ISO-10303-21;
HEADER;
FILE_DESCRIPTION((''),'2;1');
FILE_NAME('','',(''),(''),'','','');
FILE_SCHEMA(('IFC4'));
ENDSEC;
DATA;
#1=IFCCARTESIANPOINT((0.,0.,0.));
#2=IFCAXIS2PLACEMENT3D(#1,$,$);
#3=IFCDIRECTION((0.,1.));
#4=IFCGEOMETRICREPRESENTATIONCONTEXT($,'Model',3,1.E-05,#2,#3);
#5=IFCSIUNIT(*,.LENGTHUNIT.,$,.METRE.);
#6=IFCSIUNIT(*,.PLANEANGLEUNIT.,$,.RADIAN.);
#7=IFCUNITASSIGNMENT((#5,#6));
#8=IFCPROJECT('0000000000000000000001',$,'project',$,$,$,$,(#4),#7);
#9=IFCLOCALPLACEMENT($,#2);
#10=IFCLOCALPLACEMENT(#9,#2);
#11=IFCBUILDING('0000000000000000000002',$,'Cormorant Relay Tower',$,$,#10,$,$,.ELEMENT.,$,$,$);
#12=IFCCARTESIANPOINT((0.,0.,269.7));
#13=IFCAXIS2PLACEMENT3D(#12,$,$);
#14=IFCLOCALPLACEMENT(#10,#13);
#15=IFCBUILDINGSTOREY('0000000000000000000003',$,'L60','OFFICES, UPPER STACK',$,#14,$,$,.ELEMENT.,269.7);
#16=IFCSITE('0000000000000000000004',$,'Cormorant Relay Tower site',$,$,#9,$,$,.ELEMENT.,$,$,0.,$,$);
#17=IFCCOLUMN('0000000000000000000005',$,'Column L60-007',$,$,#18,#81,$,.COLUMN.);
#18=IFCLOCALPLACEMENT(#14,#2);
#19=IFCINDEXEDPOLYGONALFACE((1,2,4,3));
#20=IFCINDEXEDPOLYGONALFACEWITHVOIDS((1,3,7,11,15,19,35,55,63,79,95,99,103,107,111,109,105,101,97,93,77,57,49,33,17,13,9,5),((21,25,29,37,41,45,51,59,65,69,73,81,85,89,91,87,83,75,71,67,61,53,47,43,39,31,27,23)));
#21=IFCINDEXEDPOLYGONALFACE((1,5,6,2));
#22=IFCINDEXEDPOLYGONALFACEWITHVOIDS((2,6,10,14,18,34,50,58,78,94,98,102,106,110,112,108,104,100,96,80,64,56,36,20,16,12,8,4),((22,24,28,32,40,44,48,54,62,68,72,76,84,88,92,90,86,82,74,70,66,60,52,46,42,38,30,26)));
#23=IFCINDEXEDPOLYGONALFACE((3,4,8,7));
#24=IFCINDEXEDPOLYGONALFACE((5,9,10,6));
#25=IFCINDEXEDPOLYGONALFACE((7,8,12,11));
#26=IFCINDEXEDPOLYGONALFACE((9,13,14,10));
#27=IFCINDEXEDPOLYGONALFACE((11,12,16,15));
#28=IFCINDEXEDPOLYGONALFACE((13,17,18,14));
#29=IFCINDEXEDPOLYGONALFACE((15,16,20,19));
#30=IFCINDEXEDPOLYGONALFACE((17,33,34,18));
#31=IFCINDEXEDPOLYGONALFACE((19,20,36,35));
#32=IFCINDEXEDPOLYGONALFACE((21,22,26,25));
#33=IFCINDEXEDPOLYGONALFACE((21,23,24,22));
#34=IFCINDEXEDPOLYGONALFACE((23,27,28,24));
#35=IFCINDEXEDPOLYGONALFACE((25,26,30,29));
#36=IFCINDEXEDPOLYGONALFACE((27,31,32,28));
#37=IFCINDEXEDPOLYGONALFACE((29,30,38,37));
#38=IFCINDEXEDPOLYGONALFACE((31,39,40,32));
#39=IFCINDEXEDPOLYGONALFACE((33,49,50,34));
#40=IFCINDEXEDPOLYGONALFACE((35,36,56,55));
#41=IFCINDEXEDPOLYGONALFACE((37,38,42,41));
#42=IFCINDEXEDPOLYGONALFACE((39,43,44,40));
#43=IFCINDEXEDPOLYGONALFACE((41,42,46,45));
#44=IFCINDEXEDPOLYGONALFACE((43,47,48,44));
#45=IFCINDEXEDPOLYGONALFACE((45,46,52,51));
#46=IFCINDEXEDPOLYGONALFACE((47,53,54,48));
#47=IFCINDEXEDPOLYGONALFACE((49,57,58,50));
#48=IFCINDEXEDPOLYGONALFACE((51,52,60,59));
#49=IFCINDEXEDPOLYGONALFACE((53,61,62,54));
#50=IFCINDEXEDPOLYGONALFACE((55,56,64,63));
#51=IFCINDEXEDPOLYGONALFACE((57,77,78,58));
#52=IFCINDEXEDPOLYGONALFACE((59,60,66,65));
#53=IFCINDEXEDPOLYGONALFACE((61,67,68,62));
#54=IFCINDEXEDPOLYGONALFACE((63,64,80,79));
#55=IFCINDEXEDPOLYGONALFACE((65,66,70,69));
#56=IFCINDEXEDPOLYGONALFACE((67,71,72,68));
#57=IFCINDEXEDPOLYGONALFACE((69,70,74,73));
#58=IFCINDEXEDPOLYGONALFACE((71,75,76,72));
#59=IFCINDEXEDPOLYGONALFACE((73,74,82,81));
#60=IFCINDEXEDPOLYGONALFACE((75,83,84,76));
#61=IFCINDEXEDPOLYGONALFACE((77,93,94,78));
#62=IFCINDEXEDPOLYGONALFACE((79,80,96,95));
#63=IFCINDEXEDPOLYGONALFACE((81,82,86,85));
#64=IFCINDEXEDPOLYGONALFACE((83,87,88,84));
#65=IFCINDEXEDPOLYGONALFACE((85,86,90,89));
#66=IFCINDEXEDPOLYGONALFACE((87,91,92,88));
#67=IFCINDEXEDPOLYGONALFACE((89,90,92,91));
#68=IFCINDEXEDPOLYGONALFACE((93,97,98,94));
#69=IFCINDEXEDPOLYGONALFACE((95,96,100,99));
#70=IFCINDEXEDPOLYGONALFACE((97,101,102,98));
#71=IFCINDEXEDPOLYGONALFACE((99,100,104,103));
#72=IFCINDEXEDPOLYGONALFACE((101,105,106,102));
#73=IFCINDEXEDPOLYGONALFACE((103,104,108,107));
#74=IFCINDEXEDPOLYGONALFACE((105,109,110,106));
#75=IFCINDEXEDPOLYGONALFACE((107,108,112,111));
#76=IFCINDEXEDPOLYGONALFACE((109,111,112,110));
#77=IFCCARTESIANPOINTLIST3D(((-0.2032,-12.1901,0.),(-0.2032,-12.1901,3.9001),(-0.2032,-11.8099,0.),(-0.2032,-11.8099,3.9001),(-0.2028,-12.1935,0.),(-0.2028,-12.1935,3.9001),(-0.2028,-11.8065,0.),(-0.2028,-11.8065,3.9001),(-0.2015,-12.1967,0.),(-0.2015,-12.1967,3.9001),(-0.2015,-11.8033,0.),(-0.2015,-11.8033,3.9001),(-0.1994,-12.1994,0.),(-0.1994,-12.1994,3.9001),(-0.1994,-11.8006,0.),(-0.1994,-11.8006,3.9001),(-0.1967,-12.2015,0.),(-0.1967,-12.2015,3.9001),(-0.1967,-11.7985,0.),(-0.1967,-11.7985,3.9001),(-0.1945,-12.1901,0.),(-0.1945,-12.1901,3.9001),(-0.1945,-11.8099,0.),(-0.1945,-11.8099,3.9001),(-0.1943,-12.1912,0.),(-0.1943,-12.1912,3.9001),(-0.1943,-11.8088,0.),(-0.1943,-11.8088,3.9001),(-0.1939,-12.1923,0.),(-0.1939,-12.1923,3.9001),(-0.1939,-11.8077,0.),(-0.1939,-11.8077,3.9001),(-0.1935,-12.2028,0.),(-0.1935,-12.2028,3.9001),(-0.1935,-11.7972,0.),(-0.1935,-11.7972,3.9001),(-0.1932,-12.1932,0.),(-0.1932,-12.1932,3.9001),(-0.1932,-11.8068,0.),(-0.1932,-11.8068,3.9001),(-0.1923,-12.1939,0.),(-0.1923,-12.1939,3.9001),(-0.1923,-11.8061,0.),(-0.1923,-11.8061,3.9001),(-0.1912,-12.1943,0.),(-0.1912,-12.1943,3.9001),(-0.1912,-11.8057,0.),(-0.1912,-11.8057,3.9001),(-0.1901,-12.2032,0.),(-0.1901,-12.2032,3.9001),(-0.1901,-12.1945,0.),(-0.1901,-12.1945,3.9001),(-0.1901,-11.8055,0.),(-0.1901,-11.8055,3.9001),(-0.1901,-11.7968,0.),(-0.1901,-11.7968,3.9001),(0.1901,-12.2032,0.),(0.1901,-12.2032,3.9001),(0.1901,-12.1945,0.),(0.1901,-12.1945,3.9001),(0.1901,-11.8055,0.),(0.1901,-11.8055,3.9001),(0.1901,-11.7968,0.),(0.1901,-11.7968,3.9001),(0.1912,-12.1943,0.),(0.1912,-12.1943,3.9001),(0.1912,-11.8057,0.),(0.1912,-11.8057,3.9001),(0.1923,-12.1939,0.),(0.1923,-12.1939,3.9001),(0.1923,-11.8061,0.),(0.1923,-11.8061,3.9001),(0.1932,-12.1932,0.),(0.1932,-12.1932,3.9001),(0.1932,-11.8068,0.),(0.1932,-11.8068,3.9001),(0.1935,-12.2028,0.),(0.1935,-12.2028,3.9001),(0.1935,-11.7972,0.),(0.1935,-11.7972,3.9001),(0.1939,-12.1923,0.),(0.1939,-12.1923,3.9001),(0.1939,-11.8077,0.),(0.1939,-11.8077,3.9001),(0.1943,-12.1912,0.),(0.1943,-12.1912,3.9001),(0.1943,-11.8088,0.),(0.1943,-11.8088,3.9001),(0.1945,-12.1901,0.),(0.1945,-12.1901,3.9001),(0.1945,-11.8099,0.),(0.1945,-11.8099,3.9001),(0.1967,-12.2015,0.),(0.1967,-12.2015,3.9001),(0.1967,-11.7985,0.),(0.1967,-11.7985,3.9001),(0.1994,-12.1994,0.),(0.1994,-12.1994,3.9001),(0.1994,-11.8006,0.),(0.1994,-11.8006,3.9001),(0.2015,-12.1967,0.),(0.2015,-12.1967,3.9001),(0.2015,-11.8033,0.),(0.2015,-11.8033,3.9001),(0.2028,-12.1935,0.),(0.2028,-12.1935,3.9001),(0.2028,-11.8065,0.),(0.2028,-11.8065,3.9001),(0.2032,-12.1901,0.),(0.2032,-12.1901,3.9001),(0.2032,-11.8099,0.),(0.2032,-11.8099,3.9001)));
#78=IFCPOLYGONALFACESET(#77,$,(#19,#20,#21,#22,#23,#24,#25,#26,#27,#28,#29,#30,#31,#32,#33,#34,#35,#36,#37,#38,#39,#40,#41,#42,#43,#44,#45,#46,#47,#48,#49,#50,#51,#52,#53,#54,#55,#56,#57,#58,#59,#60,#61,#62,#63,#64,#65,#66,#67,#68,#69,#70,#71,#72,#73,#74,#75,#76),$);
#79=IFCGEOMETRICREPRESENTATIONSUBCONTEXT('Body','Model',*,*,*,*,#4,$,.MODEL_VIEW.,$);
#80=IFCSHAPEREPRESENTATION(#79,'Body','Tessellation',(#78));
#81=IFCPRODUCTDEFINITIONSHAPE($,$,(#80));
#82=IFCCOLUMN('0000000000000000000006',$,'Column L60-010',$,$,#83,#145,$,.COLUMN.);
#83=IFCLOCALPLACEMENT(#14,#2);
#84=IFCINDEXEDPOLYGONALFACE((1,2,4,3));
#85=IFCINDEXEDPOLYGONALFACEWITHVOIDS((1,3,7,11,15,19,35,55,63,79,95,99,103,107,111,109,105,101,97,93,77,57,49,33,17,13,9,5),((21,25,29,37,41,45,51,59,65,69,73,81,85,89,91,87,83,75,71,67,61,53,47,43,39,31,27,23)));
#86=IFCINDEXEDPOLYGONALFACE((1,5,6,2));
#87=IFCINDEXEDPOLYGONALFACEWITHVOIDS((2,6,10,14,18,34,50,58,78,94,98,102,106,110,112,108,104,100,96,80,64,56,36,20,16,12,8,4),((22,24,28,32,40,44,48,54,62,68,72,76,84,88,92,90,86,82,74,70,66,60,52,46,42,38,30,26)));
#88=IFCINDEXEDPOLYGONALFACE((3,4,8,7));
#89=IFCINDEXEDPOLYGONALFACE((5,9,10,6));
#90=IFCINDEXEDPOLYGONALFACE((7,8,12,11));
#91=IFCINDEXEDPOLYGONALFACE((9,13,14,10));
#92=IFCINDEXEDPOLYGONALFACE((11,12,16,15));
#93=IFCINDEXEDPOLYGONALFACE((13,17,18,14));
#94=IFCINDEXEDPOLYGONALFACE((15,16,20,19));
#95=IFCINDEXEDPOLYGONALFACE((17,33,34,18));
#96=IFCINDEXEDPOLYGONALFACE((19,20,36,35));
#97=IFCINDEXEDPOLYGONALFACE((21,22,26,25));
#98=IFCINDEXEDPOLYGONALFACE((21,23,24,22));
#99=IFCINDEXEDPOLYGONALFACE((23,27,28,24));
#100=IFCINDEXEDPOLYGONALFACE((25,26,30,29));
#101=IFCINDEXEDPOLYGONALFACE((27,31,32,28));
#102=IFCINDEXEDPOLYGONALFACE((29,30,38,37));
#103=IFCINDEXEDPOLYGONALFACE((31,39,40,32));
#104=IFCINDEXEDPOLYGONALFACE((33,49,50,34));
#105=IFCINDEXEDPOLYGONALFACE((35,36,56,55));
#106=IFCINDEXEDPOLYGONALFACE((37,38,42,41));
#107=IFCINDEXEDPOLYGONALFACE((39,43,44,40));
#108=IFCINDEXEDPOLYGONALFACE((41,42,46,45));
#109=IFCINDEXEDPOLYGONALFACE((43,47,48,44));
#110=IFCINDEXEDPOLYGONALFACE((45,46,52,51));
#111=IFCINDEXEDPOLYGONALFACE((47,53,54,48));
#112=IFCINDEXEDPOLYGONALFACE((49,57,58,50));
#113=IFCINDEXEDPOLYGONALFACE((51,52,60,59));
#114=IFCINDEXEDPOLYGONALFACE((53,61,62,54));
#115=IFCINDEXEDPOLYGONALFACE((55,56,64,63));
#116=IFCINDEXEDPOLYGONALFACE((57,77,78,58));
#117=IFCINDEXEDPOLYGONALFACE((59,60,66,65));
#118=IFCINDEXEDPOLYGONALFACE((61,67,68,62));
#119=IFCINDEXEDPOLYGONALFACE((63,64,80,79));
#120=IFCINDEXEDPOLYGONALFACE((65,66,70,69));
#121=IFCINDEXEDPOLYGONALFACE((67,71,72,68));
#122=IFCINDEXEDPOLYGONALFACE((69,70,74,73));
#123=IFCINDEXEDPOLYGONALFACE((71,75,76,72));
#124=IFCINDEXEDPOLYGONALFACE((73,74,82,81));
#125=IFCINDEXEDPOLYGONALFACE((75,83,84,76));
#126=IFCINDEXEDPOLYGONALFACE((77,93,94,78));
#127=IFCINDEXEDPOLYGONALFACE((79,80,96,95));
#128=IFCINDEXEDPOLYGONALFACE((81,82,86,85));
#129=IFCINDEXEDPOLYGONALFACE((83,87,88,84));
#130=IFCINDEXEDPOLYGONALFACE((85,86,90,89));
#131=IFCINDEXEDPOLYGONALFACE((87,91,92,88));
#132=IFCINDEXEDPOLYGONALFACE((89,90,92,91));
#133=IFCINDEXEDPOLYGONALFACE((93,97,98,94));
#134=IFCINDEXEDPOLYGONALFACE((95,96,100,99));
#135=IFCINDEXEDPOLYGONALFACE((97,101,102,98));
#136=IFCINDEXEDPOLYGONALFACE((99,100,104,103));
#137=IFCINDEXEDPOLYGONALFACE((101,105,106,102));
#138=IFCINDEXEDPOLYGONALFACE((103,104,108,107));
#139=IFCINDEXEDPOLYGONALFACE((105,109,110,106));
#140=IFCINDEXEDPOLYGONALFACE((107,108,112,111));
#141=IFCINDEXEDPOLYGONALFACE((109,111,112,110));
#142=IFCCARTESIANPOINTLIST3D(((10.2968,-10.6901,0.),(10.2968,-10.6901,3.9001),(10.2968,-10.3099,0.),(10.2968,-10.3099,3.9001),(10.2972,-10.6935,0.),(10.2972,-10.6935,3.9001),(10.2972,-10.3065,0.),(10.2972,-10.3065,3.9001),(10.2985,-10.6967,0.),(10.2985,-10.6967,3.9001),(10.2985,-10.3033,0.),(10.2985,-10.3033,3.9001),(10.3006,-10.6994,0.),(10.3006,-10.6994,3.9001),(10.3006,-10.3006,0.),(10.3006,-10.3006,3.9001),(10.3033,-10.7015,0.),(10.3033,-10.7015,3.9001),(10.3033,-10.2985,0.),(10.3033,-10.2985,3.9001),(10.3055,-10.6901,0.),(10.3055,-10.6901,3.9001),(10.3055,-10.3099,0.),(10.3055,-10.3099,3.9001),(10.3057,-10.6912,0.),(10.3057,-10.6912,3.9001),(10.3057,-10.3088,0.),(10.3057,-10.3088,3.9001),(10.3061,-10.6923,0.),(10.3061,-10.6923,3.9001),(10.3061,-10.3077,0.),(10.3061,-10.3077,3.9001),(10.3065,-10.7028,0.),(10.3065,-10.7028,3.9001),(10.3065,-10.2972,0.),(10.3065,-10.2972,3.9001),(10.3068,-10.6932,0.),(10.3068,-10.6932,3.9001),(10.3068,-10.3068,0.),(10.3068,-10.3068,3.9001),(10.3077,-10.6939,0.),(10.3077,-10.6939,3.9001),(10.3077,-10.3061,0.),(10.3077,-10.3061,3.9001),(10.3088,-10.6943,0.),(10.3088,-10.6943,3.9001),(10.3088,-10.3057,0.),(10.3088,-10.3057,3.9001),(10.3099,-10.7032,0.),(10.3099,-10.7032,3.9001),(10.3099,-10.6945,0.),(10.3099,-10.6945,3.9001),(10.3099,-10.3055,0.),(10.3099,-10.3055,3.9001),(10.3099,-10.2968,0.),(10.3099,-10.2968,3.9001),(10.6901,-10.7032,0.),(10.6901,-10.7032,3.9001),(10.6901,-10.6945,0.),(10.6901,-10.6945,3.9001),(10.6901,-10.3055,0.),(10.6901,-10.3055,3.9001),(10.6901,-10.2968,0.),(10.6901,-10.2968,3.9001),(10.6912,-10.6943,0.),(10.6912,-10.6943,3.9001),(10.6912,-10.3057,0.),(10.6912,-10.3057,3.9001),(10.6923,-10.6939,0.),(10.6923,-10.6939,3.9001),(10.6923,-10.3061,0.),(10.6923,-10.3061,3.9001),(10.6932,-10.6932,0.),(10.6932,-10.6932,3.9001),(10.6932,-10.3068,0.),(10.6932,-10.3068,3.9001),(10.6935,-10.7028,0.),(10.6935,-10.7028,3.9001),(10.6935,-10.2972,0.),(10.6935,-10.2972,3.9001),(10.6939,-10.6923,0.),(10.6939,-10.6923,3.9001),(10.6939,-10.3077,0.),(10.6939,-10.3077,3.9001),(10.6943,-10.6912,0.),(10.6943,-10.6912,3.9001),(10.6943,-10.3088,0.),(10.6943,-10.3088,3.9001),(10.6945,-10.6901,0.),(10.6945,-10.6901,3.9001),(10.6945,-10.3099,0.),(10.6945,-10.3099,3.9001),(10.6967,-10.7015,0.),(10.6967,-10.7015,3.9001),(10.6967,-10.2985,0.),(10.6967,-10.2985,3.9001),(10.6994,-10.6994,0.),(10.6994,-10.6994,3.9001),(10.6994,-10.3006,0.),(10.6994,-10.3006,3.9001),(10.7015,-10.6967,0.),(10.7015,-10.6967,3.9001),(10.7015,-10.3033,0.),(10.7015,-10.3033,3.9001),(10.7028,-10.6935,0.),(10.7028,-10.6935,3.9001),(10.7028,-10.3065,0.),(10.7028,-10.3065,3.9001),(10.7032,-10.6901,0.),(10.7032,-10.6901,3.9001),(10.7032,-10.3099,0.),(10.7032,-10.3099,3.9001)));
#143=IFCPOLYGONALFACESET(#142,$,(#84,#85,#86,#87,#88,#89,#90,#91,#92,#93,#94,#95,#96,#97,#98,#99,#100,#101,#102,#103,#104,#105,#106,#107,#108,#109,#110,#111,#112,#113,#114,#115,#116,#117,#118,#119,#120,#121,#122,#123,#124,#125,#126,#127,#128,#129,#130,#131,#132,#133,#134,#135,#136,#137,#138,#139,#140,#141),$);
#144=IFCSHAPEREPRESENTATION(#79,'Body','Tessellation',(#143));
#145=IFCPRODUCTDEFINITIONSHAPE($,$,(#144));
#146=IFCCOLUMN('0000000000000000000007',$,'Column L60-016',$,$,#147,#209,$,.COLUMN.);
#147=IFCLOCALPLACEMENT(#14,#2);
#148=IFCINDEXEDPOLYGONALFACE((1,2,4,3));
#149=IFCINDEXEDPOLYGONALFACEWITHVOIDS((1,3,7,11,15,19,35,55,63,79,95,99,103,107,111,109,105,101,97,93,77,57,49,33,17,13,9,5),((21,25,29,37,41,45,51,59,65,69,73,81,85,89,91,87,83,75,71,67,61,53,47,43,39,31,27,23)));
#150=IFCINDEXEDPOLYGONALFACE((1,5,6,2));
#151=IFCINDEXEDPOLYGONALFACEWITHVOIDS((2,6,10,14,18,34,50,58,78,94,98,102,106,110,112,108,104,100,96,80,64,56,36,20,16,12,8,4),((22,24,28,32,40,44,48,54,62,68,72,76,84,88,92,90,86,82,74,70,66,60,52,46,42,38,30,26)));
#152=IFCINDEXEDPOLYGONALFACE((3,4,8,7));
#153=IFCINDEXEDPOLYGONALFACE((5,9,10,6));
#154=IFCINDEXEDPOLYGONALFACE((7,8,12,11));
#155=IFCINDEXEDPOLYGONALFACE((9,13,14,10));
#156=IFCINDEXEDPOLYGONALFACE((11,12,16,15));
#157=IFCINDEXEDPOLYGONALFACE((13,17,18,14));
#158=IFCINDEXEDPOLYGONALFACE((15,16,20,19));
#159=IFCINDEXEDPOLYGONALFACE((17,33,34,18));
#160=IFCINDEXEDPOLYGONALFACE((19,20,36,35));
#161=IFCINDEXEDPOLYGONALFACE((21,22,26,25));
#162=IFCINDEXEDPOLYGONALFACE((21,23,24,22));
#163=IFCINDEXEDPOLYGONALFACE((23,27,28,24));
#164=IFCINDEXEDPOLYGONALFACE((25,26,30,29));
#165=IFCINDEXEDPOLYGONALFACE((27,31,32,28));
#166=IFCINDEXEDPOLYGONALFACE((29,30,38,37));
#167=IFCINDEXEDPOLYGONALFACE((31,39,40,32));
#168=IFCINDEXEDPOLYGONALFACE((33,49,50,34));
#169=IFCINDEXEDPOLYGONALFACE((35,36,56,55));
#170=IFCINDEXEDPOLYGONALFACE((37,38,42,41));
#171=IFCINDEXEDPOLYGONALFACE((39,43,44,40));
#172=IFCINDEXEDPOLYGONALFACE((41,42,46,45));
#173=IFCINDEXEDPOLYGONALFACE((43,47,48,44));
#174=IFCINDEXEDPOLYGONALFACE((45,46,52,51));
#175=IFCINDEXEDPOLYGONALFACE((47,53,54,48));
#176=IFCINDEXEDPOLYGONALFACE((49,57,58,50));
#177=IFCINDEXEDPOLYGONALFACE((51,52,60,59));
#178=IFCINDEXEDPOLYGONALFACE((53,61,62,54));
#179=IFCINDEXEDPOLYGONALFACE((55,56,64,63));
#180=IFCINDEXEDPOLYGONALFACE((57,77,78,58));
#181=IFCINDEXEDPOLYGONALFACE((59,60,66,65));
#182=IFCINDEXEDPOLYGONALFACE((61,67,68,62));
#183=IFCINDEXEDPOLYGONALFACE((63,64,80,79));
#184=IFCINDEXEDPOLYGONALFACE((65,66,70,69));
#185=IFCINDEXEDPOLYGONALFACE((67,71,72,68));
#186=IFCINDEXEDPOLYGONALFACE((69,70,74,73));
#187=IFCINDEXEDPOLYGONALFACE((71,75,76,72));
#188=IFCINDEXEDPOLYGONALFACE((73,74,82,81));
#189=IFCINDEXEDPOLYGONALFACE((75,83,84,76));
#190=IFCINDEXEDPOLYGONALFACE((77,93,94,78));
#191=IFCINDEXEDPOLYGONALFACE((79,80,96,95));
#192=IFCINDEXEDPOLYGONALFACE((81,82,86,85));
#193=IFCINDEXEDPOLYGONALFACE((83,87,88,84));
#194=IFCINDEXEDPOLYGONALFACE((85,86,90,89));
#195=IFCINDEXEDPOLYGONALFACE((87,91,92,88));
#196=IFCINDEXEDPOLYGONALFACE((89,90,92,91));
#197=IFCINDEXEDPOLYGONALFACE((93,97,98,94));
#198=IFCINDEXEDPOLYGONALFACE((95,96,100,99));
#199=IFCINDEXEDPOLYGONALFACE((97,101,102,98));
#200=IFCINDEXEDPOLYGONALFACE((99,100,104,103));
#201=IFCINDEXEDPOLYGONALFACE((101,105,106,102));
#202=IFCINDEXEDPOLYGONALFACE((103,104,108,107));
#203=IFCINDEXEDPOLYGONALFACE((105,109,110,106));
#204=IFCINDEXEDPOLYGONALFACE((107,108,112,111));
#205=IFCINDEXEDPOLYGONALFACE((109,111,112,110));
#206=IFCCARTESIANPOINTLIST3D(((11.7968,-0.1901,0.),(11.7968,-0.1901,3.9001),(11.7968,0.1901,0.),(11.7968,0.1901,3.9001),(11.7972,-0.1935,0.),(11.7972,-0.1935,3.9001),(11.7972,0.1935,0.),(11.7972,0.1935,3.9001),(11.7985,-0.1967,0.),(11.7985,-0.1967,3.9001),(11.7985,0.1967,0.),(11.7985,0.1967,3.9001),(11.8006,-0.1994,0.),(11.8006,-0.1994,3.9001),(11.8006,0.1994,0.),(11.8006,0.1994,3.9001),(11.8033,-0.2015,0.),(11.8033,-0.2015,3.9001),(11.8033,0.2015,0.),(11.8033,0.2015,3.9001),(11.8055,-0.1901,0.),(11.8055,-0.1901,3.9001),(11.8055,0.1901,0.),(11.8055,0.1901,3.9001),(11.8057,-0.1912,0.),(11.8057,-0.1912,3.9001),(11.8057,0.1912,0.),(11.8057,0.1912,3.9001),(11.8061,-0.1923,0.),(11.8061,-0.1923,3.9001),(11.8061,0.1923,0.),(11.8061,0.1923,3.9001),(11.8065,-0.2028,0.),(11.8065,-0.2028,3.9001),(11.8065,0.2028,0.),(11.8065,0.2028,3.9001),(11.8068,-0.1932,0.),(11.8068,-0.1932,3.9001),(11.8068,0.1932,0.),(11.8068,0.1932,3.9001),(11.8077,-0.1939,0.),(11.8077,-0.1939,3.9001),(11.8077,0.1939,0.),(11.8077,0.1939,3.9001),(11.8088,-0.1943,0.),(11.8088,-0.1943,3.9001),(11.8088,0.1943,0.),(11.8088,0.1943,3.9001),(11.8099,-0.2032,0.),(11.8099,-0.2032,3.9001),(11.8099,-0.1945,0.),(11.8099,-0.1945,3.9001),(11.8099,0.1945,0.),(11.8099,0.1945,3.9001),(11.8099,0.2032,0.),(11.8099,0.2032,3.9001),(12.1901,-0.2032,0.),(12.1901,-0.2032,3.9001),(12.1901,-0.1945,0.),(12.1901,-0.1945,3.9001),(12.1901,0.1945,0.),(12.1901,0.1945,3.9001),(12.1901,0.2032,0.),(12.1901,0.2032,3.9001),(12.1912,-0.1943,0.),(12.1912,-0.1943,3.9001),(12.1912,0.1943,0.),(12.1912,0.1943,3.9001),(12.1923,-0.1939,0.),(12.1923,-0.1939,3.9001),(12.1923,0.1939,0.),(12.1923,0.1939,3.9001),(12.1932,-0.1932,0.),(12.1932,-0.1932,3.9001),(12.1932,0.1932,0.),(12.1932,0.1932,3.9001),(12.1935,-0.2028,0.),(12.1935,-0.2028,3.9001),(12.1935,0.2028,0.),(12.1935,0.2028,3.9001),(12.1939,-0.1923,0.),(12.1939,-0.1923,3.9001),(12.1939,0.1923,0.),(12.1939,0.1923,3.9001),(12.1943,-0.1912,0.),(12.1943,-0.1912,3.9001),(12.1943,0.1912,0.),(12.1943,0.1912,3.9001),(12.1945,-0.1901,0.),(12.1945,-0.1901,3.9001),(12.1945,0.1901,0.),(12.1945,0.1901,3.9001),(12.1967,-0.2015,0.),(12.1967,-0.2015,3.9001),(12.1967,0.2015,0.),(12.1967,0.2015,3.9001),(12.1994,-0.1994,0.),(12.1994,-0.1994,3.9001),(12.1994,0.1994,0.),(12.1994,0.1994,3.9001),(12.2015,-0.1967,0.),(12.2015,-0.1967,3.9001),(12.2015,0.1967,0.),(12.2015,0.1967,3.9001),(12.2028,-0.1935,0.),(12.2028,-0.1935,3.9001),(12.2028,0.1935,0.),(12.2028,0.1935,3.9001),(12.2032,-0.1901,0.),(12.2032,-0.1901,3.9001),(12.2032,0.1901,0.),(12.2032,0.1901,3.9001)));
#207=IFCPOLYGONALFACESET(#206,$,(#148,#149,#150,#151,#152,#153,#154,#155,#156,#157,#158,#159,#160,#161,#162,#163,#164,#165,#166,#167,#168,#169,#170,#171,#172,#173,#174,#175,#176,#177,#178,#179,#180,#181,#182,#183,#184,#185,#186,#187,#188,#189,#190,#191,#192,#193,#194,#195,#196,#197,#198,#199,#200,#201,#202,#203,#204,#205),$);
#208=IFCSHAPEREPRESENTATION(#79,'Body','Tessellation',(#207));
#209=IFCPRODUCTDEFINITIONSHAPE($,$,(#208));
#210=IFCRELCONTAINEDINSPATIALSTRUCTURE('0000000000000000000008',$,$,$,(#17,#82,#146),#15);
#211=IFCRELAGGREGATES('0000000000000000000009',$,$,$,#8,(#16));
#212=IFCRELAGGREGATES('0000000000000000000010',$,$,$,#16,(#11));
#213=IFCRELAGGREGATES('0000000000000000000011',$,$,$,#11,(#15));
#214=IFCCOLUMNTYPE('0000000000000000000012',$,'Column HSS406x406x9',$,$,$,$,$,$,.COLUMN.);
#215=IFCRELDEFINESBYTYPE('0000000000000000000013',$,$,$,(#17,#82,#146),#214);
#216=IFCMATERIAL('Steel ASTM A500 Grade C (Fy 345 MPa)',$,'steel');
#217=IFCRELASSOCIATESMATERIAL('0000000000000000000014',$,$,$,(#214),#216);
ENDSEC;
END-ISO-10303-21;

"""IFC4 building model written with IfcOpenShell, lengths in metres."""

from ifc_helpers import new_model, si_unit, direction, frame, origin, origin_2d, place, context, subcontext, project, spatial, hollow_rectangle, extrude, material, material_profile, profile_set, type_object, element, save


model = new_model("IFC4")

# Units and contexts
model_context = context("Model", 3, precision=1e-05, world=origin(), true_north=direction((0.0, 1.0)))
body_context = subcontext(model_context, "Body", "Model", "MODEL_VIEW")
ifc_project = project(units=[si_unit("LENGTHUNIT", "METRE"), si_unit("PLANEANGLEUNIT", "RADIAN")], contexts=[model_context])

# Site, building, storey
site_placement = place(None, origin())
site = spatial("IfcSite", under=ifc_project, at=site_placement, Name="Cormorant Relay Tower site", CompositionType="ELEMENT", RefElevation=0.0)
building_placement = place(site_placement, origin())
building = spatial("IfcBuilding", under=site, at=building_placement, Name="Cormorant Relay Tower", CompositionType="ELEMENT")
storey_placement = place(building_placement, frame((0.0, 0.0, 269.7)))
storey = spatial("IfcBuildingStorey", under=building, at=storey_placement, Name="L60", Description="OFFICES, UPPER STACK", CompositionType="ELEMENT", Elevation=269.7)

# Columns
ifc_material_1 = material(Name="Steel ASTM A500 Grade C (Fy 345 MPa)", Category="steel")
ifc_material_profile = material_profile(ifc_material_1, hollow_rectangle(XDim=0.4065, YDim=0.4065, WallThickness=0.0088, InnerFilletRadius=0.0044, OuterFilletRadius=0.0132, at=origin_2d()), Name="HSS406x406x9")
ifc_profile_set = profile_set([ifc_material_profile], Name="Steel ASTM A500 Grade C (Fy 345 MPa)")
column_type = type_object("IfcColumnType", Name="Column HSS406x406x9", PredefinedType="COLUMN", material=ifc_profile_set)
for number, where, z_axis, x_axis, name in (
    (1, (0.0, -12.0, 0.0), (0.0, 0.0, 1.0), (1.0, 0.0, 0.0), "Column L60-007"),
    (2, (10.5, -10.5, 0.0), (0.0, 0.0, 1.0), (1.0, 0.0, 0.0), "Column L60-010"),
    (3, (12.0, 0.0, 0.0), (0.0, 0.0, 1.0), (1.0, 0.0, 0.0), "Column L60-016"),
):
    element("IfcColumn", number, at=place(storey_placement, frame(where, z_axis=z_axis, x_axis=x_axis)), inside=storey, type_object=column_type, Name=name, PredefinedType="COLUMN", context=body_context, shape_type="SweptSolid", body=[
        extrude(hollow_rectangle(XDim=0.4065, YDim=0.4065, WallThickness=0.0088, InnerFilletRadius=0.0044, OuterFilletRadius=0.0132, at=origin_2d()), origin(), (0.0, 0.0, 1.0), 3.9001),
    ])

save(model, "model.ifc")
